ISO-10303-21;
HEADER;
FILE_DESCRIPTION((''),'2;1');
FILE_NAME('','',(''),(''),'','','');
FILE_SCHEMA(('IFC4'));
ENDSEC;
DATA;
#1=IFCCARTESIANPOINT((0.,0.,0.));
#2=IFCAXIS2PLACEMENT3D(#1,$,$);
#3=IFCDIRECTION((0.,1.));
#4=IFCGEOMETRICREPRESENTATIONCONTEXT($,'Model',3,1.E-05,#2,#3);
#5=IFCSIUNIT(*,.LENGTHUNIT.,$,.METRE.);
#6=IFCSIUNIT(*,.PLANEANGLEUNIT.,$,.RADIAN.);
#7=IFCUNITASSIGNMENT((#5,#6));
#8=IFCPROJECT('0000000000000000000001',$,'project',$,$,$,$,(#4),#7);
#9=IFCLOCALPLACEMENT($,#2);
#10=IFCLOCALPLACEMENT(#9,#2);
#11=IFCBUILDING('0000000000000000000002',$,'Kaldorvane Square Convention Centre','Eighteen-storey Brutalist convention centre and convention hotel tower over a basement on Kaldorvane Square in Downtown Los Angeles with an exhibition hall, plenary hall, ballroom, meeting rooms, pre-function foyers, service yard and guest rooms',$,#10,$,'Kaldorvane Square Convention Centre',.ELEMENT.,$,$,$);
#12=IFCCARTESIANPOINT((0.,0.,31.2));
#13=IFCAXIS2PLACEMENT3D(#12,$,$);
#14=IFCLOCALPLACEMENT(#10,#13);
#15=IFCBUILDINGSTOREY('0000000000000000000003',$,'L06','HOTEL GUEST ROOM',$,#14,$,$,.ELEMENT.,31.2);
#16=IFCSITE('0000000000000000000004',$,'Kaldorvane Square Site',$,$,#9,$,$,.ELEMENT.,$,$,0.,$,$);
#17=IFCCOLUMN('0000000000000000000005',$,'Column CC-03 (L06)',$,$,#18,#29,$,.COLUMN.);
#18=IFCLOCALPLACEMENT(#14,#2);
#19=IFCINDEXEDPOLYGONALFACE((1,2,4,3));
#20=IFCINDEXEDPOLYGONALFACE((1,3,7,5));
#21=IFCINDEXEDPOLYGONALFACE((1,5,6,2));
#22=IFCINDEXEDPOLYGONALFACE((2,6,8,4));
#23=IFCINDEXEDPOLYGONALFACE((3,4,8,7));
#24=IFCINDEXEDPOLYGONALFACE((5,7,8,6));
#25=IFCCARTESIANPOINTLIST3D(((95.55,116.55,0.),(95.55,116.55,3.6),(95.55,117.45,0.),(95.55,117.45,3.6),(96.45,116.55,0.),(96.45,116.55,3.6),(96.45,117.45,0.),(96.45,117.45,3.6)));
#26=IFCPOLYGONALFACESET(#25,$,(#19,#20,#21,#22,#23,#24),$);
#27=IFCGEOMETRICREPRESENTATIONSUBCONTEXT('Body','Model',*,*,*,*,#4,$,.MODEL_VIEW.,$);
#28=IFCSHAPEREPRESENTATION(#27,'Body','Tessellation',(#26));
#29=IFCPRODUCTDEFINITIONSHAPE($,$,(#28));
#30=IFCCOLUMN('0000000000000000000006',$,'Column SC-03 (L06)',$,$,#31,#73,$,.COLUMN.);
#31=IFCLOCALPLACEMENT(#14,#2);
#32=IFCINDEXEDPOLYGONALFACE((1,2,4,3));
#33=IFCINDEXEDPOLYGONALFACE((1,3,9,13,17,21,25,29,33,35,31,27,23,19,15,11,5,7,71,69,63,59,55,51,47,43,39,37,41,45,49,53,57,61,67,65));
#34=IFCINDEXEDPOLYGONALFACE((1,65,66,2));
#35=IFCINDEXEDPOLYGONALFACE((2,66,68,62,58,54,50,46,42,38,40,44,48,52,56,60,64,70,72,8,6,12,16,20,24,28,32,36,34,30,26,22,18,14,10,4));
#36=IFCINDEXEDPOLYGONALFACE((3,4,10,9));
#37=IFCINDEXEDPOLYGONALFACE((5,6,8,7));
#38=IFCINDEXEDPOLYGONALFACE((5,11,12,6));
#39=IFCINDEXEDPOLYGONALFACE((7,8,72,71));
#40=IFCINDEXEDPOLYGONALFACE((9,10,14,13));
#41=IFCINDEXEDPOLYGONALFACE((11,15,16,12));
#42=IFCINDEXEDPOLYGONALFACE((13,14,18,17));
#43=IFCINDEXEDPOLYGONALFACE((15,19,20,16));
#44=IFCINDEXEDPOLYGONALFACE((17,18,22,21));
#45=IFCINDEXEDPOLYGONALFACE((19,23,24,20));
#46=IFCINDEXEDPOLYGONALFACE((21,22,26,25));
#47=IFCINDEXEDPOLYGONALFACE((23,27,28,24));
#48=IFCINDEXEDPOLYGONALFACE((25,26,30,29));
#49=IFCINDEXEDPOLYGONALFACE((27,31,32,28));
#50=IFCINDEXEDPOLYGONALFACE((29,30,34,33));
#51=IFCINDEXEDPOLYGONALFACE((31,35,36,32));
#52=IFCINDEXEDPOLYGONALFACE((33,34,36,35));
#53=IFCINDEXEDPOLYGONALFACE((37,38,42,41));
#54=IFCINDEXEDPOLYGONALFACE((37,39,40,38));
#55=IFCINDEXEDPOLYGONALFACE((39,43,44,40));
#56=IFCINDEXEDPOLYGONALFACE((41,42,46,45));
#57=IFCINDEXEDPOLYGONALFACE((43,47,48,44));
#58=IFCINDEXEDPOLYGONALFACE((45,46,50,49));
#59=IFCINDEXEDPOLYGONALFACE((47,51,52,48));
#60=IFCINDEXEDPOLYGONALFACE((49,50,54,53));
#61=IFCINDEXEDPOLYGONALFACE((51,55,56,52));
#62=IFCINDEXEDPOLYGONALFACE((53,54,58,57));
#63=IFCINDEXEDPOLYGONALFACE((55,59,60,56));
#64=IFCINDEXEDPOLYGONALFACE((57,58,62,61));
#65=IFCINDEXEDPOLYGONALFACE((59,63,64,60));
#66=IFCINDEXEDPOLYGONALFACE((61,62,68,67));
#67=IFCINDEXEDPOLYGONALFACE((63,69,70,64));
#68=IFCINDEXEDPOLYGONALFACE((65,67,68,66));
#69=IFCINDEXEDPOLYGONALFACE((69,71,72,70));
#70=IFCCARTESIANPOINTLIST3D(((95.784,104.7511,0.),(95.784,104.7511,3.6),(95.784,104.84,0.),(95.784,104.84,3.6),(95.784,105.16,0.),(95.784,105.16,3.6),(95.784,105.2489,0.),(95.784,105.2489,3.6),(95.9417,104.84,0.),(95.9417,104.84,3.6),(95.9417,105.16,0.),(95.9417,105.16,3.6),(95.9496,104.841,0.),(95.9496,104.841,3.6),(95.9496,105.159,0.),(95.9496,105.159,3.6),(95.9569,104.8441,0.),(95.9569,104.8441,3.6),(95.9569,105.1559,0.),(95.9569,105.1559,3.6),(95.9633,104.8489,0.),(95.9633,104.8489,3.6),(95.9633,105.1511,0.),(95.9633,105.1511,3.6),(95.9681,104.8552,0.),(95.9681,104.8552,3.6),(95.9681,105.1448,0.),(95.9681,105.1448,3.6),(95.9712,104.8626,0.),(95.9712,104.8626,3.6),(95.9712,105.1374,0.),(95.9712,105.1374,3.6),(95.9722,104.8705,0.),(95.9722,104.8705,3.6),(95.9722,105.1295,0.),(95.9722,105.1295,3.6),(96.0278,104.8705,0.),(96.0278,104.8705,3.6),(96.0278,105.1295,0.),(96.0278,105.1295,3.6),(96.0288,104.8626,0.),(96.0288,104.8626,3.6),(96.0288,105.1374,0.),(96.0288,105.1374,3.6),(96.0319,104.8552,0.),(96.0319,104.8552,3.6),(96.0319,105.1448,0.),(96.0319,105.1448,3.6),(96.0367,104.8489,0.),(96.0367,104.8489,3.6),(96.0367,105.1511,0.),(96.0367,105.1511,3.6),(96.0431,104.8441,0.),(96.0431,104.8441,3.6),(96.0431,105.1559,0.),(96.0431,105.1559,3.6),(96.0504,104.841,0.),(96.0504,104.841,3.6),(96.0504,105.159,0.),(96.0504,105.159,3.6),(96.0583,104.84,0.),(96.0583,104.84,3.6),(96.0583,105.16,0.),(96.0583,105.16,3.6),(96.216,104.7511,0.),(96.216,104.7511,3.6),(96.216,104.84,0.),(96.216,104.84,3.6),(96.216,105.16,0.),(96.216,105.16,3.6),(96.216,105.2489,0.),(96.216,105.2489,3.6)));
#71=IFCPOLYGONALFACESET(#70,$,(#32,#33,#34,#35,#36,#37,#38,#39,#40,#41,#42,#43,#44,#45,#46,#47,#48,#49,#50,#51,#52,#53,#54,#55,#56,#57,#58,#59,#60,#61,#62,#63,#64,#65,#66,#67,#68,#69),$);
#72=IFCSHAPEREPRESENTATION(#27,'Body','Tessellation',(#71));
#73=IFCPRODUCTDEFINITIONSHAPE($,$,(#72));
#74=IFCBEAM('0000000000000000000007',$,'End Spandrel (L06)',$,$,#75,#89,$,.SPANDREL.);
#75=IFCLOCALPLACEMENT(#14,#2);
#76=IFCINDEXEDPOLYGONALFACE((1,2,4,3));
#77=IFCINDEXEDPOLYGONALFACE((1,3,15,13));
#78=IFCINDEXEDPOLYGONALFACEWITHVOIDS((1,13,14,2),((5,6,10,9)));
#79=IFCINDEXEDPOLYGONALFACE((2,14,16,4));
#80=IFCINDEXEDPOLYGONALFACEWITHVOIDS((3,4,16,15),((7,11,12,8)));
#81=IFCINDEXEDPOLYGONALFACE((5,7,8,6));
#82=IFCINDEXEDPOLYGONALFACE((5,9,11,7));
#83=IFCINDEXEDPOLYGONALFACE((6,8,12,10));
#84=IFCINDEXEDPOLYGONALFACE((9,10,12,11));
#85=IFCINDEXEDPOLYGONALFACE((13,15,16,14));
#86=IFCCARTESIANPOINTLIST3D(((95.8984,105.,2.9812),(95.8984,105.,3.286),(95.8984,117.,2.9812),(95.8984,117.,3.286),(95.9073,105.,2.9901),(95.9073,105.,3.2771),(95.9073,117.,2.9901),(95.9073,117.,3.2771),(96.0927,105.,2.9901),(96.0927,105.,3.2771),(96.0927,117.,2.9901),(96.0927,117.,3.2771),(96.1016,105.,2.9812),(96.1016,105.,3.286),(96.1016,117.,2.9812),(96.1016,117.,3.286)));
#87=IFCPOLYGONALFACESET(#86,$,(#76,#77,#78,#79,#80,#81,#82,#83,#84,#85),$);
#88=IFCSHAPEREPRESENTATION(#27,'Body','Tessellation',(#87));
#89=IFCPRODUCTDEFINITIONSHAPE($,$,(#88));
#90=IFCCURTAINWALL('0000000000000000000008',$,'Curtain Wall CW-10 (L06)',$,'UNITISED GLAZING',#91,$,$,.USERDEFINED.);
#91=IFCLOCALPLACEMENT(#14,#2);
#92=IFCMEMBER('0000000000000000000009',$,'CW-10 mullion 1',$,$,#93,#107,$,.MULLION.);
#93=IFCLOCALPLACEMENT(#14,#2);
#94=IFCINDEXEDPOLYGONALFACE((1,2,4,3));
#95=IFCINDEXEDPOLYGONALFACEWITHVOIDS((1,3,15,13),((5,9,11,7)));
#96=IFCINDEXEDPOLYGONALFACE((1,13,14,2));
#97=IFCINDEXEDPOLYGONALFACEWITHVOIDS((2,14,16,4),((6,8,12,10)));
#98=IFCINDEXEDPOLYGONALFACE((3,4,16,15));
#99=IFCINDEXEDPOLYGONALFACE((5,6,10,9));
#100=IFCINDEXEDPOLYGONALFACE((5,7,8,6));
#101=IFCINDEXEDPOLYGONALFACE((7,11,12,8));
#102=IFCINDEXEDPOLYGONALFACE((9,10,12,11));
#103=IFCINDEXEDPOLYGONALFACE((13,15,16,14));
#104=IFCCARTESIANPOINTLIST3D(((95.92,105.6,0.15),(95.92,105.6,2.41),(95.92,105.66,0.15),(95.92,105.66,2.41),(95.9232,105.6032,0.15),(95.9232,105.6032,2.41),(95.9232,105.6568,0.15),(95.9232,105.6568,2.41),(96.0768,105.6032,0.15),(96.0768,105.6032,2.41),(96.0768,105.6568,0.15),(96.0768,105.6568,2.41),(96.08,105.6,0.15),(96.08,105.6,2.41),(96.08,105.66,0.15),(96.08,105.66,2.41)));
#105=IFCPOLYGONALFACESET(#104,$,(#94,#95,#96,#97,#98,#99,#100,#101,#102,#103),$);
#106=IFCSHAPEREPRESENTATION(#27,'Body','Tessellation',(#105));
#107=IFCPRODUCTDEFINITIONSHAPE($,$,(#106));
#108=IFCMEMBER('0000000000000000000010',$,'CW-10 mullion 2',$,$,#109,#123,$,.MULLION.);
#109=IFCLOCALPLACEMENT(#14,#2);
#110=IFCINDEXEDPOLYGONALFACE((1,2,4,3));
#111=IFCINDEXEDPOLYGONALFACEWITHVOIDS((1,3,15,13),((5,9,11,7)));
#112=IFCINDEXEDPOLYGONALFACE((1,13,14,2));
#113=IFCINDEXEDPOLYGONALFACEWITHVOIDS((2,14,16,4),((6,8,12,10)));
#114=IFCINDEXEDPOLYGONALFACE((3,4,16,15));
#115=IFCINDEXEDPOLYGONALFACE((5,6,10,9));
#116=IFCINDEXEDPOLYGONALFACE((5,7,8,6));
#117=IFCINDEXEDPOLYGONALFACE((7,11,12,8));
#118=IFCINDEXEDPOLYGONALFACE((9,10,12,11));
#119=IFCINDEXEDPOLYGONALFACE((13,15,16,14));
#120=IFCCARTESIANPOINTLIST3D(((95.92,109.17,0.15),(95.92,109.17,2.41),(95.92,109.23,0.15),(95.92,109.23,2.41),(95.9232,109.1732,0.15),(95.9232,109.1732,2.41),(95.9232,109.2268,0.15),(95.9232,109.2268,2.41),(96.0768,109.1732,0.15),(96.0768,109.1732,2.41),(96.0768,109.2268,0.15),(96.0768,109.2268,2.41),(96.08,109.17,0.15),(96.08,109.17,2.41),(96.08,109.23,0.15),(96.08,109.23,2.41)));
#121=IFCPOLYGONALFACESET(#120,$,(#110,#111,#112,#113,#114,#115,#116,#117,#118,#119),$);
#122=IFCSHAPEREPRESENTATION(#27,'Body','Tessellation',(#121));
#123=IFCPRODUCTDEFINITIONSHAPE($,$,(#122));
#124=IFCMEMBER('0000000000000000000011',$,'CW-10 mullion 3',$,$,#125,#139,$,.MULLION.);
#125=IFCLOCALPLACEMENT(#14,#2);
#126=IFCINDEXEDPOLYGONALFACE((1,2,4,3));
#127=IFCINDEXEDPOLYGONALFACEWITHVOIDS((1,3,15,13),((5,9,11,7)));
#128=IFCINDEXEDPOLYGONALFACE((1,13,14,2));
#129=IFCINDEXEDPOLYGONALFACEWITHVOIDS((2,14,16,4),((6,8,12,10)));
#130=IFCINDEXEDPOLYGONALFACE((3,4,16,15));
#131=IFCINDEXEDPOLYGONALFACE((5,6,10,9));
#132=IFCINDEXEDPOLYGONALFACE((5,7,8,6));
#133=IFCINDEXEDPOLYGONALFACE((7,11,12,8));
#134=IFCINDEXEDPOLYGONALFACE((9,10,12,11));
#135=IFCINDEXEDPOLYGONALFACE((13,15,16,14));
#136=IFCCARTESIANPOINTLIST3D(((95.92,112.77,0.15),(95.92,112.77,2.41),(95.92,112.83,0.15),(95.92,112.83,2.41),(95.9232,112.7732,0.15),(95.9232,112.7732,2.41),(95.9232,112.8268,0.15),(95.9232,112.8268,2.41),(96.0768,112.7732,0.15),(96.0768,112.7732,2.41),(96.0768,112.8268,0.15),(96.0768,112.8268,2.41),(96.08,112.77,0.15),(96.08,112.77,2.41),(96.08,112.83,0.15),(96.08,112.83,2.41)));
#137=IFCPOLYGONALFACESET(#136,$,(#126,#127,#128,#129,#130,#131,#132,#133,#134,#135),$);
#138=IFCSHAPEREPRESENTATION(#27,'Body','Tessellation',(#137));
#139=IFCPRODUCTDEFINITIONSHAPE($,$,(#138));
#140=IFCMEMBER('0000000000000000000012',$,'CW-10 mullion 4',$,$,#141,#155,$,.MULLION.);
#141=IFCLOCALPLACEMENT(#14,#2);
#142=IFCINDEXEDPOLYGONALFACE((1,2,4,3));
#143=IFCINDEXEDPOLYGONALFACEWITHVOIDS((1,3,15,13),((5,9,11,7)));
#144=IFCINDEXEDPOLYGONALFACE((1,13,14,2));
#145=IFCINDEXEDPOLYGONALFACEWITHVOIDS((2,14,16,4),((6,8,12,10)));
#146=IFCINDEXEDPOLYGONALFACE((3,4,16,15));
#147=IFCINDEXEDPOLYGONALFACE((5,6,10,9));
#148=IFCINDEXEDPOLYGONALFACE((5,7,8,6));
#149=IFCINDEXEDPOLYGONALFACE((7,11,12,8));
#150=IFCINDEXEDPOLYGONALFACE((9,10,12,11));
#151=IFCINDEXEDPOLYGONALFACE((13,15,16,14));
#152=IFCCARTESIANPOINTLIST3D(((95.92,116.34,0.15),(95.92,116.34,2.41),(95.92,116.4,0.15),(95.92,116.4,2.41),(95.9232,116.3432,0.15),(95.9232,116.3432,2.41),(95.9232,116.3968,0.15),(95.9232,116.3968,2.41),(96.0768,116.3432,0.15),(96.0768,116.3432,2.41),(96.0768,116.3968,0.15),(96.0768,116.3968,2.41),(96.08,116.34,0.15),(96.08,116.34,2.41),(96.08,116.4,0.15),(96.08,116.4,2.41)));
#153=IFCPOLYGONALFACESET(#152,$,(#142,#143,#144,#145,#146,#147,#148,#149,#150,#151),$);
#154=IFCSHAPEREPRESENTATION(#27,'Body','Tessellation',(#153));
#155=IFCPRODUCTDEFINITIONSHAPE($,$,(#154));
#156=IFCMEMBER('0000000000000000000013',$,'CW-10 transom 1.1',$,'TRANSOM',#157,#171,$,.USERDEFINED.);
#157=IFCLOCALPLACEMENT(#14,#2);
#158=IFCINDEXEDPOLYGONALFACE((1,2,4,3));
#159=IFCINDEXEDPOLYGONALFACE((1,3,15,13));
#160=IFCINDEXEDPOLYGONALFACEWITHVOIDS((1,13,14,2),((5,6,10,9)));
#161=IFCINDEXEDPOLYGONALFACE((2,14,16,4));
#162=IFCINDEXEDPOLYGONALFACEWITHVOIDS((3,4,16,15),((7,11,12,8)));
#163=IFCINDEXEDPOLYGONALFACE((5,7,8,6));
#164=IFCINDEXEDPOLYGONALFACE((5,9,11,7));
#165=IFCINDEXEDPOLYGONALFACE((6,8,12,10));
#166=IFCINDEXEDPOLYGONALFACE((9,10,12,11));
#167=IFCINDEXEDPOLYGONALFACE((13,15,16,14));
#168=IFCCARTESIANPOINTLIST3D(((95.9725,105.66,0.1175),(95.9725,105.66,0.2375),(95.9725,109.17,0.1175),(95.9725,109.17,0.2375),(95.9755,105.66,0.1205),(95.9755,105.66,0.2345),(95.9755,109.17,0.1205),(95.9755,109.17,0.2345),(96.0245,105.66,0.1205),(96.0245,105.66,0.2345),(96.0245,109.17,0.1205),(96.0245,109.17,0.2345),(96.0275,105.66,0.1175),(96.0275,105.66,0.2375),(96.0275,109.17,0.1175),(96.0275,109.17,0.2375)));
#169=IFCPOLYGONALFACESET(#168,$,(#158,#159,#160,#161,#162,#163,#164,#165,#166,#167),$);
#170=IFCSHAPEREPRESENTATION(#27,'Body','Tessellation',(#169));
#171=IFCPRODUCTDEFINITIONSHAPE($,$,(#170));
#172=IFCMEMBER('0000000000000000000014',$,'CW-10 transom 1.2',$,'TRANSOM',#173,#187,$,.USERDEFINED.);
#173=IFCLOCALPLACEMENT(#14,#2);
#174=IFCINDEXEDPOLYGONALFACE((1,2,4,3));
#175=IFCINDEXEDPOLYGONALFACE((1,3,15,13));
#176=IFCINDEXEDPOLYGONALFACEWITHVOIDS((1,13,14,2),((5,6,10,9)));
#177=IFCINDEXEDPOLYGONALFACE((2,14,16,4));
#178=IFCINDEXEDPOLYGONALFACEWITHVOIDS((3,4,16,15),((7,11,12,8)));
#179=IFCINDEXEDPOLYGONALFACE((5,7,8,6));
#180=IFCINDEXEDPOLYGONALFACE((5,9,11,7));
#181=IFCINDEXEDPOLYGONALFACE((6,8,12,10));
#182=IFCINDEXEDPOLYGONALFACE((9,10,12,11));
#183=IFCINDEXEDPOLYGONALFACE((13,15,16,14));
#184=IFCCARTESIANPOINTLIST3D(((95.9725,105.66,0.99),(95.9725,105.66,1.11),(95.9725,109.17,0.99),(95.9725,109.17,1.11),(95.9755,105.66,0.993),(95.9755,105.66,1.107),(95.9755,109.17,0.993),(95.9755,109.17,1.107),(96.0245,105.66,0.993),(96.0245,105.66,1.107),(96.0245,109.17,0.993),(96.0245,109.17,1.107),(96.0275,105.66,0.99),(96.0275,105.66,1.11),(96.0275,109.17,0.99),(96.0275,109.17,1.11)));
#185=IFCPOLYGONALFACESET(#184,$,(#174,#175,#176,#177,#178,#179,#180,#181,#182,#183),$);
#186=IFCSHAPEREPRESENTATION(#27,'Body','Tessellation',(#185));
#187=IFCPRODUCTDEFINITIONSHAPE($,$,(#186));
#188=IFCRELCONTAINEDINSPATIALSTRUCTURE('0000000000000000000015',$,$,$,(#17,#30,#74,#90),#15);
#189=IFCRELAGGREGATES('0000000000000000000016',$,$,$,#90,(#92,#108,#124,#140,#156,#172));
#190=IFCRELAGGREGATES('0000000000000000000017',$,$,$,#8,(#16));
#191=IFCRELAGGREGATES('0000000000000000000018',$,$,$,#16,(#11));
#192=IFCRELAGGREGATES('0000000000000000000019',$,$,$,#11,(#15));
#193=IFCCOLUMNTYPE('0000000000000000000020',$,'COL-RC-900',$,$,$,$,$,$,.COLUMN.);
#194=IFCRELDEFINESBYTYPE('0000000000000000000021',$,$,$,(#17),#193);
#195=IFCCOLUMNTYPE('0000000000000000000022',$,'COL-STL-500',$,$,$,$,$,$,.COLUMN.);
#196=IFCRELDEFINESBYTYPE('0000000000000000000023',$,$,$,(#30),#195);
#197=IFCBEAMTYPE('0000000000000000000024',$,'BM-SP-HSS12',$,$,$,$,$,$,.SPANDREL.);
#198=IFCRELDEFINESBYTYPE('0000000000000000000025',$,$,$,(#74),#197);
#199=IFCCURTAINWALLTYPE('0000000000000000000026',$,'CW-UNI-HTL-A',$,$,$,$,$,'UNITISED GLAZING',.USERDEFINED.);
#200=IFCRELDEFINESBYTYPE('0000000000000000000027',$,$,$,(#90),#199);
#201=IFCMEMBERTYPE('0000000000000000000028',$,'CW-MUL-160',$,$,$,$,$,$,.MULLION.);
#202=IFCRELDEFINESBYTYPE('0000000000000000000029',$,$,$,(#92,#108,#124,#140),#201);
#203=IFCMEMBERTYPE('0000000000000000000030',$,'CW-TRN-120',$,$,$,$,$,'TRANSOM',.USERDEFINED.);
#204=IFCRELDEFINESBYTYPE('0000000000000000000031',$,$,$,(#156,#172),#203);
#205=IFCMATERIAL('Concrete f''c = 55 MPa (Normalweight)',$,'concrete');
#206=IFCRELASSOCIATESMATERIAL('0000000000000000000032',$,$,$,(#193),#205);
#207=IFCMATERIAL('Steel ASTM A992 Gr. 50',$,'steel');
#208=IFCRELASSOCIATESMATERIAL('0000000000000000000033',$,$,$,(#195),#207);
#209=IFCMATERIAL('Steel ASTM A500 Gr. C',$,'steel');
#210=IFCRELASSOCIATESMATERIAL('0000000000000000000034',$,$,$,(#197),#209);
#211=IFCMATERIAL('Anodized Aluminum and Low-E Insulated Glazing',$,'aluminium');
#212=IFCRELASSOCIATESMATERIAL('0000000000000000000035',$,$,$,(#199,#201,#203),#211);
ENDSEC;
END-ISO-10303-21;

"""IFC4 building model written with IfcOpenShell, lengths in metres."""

from ifc_helpers import new_model, si_unit, direction, frame, origin, origin_2d, place, context, subcontext, project, spatial, rectangle, hollow_rectangle, i_section, extrude, material, material_profile, profile_set, type_object, element, aggregate, save


model = new_model("IFC4")

# Units and contexts
model_context = context("Model", 3, precision=1e-05, world=origin(), true_north=direction((0.0, 1.0)))
body_context = subcontext(model_context, "Body", "Model", "MODEL_VIEW")
ifc_project = project(units=[si_unit("LENGTHUNIT", "METRE"), si_unit("PLANEANGLEUNIT", "RADIAN")], contexts=[model_context])

# Site, building, storey
site_placement = place(None, origin())
site = spatial("IfcSite", under=ifc_project, at=site_placement, Name="Kaldorvane Square Site", CompositionType="ELEMENT", RefElevation=0.0)
building_placement = place(site_placement, origin())
building = spatial("IfcBuilding", under=site, at=building_placement, Name="Kaldorvane Square Convention Centre", Description="Eighteen-storey Brutalist convention centre and convention hotel tower over a basement on Kaldorvane Square in Downtown Los Angeles with an exhibition hall, plenary hall, ballroom, meeting rooms, pre-function foyers, service yard and guest rooms", LongName="Kaldorvane Square Convention Centre", CompositionType="ELEMENT")
storey_placement = place(building_placement, frame((0.0, 0.0, 31.2)))
storey = spatial("IfcBuildingStorey", under=building, at=storey_placement, Name="L06", Description="HOTEL GUEST ROOM", CompositionType="ELEMENT", Elevation=31.2)

# Columns
ifc_material_1 = material(Name="Concrete f'c = 55 MPa (Normalweight)", Category="concrete")
ifc_material_profile_1 = material_profile(ifc_material_1, rectangle(XDim=0.9, YDim=0.9, at=origin_2d()), Name="RC900X900")
ifc_profile_set_1 = profile_set([ifc_material_profile_1], Name="Concrete f'c = 55 MPa (Normalweight)")
column_type_1 = type_object("IfcColumnType", Name="COL-RC-900", PredefinedType="COLUMN", material=ifc_profile_set_1)
column_1_placement = place(storey_placement, frame((96.0, 117.0, 0.0), z_axis=(0.0, 0.0, 1.0), x_axis=(1.0, 0.0, 0.0)))
element("IfcColumn", 1, at=column_1_placement, inside=storey, type_object=column_type_1, Name="Column CC-03 (L06)", PredefinedType="COLUMN", context=body_context, shape_type="SweptSolid", body=[
    extrude(rectangle(XDim=0.9, YDim=0.9, at=origin_2d()), origin(), (0.0, 0.0, 1.0), 3.6),
])
ifc_material_2 = material(Name="Steel ASTM A992 Gr. 50", Category="steel")
ifc_material_profile_2 = material_profile(ifc_material_2, i_section(OverallWidth=0.4321, OverallDepth=0.4978, WebThickness=0.0556, FlangeThickness=0.0889, FilletRadius=0.0305, at=origin_2d()), Name="W14X500")
ifc_profile_set_2 = profile_set([ifc_material_profile_2], Name="Steel ASTM A992 Gr. 50")
column_type_2 = type_object("IfcColumnType", Name="COL-STL-500", PredefinedType="COLUMN", material=ifc_profile_set_2)
column_2_placement = place(storey_placement, frame((96.0, 105.0, 0.0), z_axis=(0.0, 0.0, 1.0), x_axis=(1.0, 0.0, 0.0)))
element("IfcColumn", 2, at=column_2_placement, inside=storey, type_object=column_type_2, Name="Column SC-03 (L06)", PredefinedType="COLUMN", context=body_context, shape_type="SweptSolid", body=[
    extrude(i_section(OverallWidth=0.4321, OverallDepth=0.4978, WebThickness=0.0556, FlangeThickness=0.0889, FilletRadius=0.0305, at=origin_2d()), origin(), (0.0, 0.0, 1.0), 3.6),
])

# Beam
ifc_material_3 = material(Name="Steel ASTM A500 Gr. C", Category="steel")
ifc_material_profile_3 = material_profile(ifc_material_3, hollow_rectangle(XDim=0.2032, YDim=0.3048, WallThickness=0.0089, at=origin_2d()), Name="HSS12X8X3/8")
ifc_profile_set_3 = profile_set([ifc_material_profile_3], Name="Steel ASTM A500 Gr. C")
beam_type = type_object("IfcBeamType", Name="BM-SP-HSS12", PredefinedType="SPANDREL", material=ifc_profile_set_3)
beam_placement = place(storey_placement, frame((96.0, 105.0, 3.1336), z_axis=(0.0, 1.0, 0.0), x_axis=(-1.0, 0.0, 0.0)))
element("IfcBeam", 3, at=beam_placement, inside=storey, type_object=beam_type, Name="End Spandrel (L06)", PredefinedType="SPANDREL", context=body_context, shape_type="SweptSolid", body=[
    extrude(hollow_rectangle(XDim=0.2032, YDim=0.3048, WallThickness=0.0089, at=origin_2d()), origin(), (0.0, 0.0, 1.0), 12.0),
])

# Curtain wall, members
ifc_material_4 = material(Name="Anodized Aluminum and Low-E Insulated Glazing", Category="aluminium")
curtain_wall_type = type_object("IfcCurtainWallType", Name="CW-UNI-HTL-A", ElementType="UNITISED GLAZING", PredefinedType="USERDEFINED", material=ifc_material_4)
curtain_wall_placement = place(storey_placement, origin())
curtain_wall = element("IfcCurtainWall", 4, at=curtain_wall_placement, inside=storey, type_object=curtain_wall_type, Name="Curtain Wall CW-10 (L06)", ObjectType="UNITISED GLAZING", PredefinedType="USERDEFINED")
ifc_material_profile_4 = material_profile(ifc_material_4, hollow_rectangle(XDim=0.06, YDim=0.16, WallThickness=0.0032, at=origin_2d()), Name="CWM-160X60")
ifc_profile_set_4 = profile_set([ifc_material_profile_4], Name="Anodized Aluminum and Low-E Insulated Glazing")
member_type_1 = type_object("IfcMemberType", Name="CW-MUL-160", PredefinedType="MULLION", material=ifc_profile_set_4)
member_1_placement = place(storey_placement, frame((96.0, 105.63, 0.15), z_axis=(0.0, 0.0, 1.0), x_axis=(0.0, 1.0, 0.0)))
member_1 = element("IfcMember", 5, at=member_1_placement, type_object=member_type_1, Name="CW-10 mullion 1", PredefinedType="MULLION", context=body_context, shape_type="SweptSolid", body=[
    extrude(hollow_rectangle(XDim=0.06, YDim=0.16, WallThickness=0.0032, at=origin_2d()), origin(), (0.0, 0.0, 1.0), 2.26),
])
member_2_placement = place(storey_placement, frame((96.0, 109.2, 0.15), z_axis=(0.0, 0.0, 1.0), x_axis=(0.0, 1.0, 0.0)))
member_2 = element("IfcMember", 6, at=member_2_placement, type_object=member_type_1, Name="CW-10 mullion 2", PredefinedType="MULLION", context=body_context, shape_type="SweptSolid", body=[
    extrude(hollow_rectangle(XDim=0.06, YDim=0.16, WallThickness=0.0032, at=origin_2d()), origin(), (0.0, 0.0, 1.0), 2.26),
])
member_3_placement = place(storey_placement, frame((96.0, 112.8, 0.15), z_axis=(0.0, 0.0, 1.0), x_axis=(0.0, 1.0, 0.0)))
member_3 = element("IfcMember", 7, at=member_3_placement, type_object=member_type_1, Name="CW-10 mullion 3", PredefinedType="MULLION", context=body_context, shape_type="SweptSolid", body=[
    extrude(hollow_rectangle(XDim=0.06, YDim=0.16, WallThickness=0.0032, at=origin_2d()), origin(), (0.0, 0.0, 1.0), 2.26),
])
member_4_placement = place(storey_placement, frame((96.0, 116.37, 0.15), z_axis=(0.0, 0.0, 1.0), x_axis=(0.0, 1.0, 0.0)))
member_4 = element("IfcMember", 8, at=member_4_placement, type_object=member_type_1, Name="CW-10 mullion 4", PredefinedType="MULLION", context=body_context, shape_type="SweptSolid", body=[
    extrude(hollow_rectangle(XDim=0.06, YDim=0.16, WallThickness=0.0032, at=origin_2d()), origin(), (0.0, 0.0, 1.0), 2.26),
])
ifc_material_profile_5 = material_profile(ifc_material_4, hollow_rectangle(XDim=0.055, YDim=0.12, WallThickness=0.003, at=origin_2d()), Name="CWT-120X55")
ifc_profile_set_5 = profile_set([ifc_material_profile_5], Name="Anodized Aluminum and Low-E Insulated Glazing")
member_type_2 = type_object("IfcMemberType", Name="CW-TRN-120", ElementType="TRANSOM", PredefinedType="USERDEFINED", material=ifc_profile_set_5)
member_5_placement = place(storey_placement, frame((96.0, 105.66, 0.1775), z_axis=(0.0, 1.0, 0.0), x_axis=(-1.0, 0.0, 0.0)))
member_5 = element("IfcMember", 9, at=member_5_placement, type_object=member_type_2, Name="CW-10 transom 1.1", ObjectType="TRANSOM", PredefinedType="USERDEFINED", context=body_context, shape_type="SweptSolid", body=[
    extrude(hollow_rectangle(XDim=0.055, YDim=0.12, WallThickness=0.003, at=origin_2d()), origin(), (0.0, 0.0, 1.0), 3.51),
])
member_6_placement = place(storey_placement, frame((96.0, 105.66, 1.05), z_axis=(0.0, 1.0, 0.0), x_axis=(-1.0, 0.0, 0.0)))
member_6 = element("IfcMember", 10, at=member_6_placement, type_object=member_type_2, Name="CW-10 transom 1.2", ObjectType="TRANSOM", PredefinedType="USERDEFINED", context=body_context, shape_type="SweptSolid", body=[
    extrude(hollow_rectangle(XDim=0.055, YDim=0.12, WallThickness=0.003, at=origin_2d()), origin(), (0.0, 0.0, 1.0), 3.51),
])
aggregate(curtain_wall, [member_1, member_2, member_3, member_4, member_5, member_6])

save(model, "model.ifc")
